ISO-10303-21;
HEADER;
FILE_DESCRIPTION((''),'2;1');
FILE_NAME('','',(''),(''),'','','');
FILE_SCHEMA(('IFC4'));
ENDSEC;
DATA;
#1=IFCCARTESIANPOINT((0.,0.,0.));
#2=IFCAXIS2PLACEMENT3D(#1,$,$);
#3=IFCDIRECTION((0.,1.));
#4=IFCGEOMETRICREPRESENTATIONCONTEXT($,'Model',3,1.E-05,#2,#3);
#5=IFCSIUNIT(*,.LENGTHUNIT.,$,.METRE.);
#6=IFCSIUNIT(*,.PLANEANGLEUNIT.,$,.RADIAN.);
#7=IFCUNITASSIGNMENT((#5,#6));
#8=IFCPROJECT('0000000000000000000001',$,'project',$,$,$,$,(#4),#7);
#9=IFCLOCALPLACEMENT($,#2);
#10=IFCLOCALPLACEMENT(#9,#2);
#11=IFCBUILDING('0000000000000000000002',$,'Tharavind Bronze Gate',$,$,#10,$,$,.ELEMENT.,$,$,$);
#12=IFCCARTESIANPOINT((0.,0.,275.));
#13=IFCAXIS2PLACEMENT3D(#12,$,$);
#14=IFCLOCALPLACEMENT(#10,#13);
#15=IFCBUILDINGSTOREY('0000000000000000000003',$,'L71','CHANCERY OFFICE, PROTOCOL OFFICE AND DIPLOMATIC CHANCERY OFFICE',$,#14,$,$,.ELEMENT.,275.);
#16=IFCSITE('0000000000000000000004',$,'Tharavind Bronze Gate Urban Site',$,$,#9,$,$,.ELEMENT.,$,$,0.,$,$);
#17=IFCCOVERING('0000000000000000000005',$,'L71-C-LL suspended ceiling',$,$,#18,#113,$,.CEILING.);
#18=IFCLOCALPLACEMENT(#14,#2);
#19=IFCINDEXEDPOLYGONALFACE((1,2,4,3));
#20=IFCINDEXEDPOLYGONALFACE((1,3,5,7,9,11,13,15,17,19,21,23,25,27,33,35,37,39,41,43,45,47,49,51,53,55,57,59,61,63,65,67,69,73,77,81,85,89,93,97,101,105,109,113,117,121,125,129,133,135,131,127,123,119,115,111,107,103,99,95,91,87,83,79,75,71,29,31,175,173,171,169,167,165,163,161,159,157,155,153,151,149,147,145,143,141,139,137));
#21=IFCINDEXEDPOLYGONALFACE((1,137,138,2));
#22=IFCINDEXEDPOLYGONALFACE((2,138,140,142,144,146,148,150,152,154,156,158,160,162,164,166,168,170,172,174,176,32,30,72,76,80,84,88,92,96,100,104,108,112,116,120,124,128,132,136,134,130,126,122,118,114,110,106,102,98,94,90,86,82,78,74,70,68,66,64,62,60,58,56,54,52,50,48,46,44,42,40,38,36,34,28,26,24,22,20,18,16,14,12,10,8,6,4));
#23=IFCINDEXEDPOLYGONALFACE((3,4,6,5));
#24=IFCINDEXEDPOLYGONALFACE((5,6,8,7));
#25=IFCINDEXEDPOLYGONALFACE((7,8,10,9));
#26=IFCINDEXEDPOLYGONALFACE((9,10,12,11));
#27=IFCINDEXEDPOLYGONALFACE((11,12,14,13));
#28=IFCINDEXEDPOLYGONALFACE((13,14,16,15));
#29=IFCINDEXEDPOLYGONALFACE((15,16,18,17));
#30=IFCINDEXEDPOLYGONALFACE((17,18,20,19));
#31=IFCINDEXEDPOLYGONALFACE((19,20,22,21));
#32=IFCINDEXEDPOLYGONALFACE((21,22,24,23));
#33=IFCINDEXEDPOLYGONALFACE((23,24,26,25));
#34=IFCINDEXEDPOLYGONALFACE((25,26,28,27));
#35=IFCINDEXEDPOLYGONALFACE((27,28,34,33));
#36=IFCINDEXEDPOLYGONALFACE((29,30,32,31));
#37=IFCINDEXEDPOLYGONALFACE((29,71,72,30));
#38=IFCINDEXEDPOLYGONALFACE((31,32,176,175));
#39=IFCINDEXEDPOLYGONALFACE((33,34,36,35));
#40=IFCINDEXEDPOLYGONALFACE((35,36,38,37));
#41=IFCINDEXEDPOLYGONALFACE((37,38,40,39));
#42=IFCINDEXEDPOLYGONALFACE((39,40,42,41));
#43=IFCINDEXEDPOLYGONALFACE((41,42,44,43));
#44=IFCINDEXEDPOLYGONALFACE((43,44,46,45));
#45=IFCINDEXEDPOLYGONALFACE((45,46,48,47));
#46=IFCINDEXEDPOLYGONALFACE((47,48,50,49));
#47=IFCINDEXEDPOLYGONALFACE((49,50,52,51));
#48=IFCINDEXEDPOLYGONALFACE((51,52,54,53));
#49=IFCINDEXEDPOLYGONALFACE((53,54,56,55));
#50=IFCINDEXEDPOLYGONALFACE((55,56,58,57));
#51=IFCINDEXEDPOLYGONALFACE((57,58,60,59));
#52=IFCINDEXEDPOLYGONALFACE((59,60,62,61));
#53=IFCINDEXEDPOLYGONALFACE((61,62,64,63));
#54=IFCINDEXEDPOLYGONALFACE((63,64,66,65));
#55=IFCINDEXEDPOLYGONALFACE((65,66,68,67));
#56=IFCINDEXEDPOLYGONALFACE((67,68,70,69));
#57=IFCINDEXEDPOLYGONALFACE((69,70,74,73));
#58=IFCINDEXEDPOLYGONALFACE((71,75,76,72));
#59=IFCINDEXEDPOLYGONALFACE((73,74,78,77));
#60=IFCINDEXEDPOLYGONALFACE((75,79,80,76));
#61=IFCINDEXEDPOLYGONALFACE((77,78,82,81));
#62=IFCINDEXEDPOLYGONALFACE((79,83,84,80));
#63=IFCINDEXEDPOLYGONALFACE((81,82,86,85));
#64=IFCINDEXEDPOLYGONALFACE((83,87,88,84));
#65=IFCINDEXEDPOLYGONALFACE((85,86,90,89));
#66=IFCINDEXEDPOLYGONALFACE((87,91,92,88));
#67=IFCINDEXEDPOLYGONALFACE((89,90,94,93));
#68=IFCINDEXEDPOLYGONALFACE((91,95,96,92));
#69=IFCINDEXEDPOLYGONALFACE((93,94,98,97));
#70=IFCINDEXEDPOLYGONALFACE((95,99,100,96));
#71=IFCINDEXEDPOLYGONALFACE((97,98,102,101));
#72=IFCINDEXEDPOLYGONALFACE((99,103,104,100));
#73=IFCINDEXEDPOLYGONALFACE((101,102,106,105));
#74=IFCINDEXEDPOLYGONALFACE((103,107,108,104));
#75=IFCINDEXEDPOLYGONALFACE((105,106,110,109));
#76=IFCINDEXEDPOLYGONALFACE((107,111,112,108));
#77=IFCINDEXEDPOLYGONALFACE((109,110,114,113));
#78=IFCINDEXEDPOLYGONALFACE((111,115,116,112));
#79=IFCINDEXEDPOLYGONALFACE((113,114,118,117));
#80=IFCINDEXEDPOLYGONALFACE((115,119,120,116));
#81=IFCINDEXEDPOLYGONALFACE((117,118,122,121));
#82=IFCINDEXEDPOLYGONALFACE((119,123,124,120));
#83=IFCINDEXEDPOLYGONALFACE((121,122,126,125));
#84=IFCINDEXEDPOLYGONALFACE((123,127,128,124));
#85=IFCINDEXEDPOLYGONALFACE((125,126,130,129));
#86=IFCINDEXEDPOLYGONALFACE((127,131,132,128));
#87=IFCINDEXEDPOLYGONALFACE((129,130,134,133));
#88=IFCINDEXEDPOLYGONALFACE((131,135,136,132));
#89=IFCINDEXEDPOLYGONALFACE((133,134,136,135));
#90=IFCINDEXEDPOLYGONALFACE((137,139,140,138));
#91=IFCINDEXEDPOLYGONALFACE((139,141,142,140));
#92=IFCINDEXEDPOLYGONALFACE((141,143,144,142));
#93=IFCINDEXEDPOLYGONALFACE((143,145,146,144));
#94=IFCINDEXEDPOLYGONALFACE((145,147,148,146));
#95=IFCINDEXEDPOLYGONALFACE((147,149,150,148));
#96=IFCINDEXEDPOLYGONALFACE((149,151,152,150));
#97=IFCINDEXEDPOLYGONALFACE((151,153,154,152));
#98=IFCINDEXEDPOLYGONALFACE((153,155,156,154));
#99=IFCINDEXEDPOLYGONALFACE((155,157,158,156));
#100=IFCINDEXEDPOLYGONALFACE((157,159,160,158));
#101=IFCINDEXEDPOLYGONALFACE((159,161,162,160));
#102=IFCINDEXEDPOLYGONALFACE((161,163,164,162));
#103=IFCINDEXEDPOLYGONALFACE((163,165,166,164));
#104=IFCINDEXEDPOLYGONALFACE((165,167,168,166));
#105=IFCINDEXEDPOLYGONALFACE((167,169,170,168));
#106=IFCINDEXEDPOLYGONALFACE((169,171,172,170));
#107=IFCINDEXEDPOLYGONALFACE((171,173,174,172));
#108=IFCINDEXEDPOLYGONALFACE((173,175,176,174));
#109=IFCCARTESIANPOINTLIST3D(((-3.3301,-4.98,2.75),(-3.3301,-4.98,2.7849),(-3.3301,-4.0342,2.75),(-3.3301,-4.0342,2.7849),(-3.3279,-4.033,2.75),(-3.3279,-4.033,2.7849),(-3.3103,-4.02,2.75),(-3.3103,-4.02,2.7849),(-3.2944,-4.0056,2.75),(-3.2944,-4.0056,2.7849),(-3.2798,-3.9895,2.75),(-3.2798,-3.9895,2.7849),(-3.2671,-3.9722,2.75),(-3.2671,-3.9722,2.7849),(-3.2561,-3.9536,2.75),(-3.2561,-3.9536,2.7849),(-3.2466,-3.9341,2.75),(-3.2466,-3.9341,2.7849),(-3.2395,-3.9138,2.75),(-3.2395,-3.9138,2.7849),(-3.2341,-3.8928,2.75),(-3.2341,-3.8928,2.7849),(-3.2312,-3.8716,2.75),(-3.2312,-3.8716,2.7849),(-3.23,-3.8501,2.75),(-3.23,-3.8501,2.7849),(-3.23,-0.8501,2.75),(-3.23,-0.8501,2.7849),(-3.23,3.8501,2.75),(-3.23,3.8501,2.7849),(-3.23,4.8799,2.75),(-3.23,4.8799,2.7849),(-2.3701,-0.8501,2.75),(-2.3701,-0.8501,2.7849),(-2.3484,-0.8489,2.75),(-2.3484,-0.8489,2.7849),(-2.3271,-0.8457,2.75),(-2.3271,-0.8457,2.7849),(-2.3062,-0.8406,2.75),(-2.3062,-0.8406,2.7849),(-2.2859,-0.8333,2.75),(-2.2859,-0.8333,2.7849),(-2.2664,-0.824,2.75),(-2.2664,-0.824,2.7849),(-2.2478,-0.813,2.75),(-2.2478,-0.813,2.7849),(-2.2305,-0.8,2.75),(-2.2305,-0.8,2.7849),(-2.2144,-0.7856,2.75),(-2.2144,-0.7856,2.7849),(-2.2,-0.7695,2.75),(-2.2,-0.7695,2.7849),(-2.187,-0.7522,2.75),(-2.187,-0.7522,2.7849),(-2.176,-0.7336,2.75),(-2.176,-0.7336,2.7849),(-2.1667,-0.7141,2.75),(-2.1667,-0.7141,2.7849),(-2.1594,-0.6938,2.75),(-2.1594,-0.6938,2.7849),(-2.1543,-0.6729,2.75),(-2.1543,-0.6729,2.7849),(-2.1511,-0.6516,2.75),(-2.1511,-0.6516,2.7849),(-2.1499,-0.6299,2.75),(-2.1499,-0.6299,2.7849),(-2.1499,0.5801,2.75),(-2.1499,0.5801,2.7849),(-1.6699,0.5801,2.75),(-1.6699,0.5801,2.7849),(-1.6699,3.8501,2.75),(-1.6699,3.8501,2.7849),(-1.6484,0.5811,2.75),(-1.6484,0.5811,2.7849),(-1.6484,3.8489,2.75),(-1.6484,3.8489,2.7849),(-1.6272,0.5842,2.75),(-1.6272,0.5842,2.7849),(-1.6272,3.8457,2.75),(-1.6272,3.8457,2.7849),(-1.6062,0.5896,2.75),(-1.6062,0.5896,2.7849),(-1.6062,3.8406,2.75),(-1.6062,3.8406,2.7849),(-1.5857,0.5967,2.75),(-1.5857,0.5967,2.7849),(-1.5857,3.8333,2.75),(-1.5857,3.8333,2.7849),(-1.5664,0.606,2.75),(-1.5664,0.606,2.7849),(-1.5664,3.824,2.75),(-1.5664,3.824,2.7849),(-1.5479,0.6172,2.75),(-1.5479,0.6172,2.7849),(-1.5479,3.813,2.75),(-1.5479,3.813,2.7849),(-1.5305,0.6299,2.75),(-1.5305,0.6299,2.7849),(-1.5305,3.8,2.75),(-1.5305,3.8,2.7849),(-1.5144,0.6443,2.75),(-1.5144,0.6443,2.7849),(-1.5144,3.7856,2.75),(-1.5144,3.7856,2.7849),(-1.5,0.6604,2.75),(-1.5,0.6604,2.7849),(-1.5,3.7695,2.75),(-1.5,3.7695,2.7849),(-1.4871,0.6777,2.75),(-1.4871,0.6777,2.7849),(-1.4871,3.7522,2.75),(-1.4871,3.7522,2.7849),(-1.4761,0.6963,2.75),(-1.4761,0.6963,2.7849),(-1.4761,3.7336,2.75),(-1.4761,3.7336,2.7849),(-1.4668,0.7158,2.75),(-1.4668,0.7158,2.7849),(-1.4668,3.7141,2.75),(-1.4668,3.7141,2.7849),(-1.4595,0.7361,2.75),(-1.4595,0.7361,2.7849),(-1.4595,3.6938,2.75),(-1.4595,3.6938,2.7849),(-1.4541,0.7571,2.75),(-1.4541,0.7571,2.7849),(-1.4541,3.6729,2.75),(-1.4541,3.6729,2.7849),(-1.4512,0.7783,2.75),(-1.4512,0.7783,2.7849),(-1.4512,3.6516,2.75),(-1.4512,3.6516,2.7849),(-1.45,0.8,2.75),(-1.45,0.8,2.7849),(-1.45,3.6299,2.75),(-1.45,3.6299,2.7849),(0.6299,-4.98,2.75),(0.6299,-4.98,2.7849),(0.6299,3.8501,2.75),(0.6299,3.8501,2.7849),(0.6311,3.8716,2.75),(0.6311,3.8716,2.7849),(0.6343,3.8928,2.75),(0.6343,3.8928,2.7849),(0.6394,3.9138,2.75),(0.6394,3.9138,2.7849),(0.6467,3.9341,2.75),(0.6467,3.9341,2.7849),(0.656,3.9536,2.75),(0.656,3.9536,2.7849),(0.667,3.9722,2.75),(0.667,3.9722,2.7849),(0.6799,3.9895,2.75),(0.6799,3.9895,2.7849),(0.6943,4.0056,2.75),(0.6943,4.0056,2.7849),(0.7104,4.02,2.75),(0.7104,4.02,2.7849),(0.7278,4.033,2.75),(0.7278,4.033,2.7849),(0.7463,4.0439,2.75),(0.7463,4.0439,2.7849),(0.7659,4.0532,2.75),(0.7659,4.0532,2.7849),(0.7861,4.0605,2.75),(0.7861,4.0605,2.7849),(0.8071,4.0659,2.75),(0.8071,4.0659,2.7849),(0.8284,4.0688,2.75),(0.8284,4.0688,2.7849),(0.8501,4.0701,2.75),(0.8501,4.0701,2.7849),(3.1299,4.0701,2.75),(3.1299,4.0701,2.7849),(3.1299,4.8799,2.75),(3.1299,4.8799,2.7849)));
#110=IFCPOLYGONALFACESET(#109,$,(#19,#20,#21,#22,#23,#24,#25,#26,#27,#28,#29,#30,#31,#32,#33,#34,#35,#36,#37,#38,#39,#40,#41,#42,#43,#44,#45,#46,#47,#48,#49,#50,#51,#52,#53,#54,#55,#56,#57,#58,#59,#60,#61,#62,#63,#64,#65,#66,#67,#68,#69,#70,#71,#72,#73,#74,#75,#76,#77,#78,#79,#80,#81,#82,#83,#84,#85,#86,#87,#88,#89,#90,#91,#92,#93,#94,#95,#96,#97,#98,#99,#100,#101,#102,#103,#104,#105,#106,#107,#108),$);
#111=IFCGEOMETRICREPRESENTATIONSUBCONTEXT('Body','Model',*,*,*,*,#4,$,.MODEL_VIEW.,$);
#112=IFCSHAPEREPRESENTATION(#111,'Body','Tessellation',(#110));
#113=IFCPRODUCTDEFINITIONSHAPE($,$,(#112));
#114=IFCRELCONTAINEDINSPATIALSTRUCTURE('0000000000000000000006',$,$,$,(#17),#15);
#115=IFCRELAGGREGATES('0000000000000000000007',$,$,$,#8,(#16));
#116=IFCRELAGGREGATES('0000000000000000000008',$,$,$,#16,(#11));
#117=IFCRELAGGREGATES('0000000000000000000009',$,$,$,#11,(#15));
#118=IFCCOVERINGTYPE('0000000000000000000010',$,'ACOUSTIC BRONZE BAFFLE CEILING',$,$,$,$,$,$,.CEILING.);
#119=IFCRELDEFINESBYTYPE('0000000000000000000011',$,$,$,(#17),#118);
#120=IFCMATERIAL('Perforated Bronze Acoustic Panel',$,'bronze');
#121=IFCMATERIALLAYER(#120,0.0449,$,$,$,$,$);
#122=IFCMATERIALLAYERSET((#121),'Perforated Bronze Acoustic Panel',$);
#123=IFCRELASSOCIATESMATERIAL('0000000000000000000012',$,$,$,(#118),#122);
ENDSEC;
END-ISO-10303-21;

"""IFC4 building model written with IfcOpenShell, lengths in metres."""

from ifc_helpers import new_model, si_unit, direction, frame, origin, place, context, subcontext, project, spatial, polyline, outline, extrude, material, layer, layer_set, type_object, element, save


model = new_model("IFC4")

# Units and contexts
model_context = context("Model", 3, precision=1e-05, world=origin(), true_north=direction((0.0, 1.0)))
body_context = subcontext(model_context, "Body", "Model", "MODEL_VIEW")
ifc_project = project(units=[si_unit("LENGTHUNIT", "METRE"), si_unit("PLANEANGLEUNIT", "RADIAN")], contexts=[model_context])

# Site, building, storey
site_placement = place(None, origin())
site = spatial("IfcSite", under=ifc_project, at=site_placement, Name="Tharavind Bronze Gate Urban Site", CompositionType="ELEMENT", RefElevation=0.0)
building_placement = place(site_placement, origin())
building = spatial("IfcBuilding", under=site, at=building_placement, Name="Tharavind Bronze Gate", CompositionType="ELEMENT")
storey_placement = place(building_placement, frame((0.0, 0.0, 275.0)))
storey = spatial("IfcBuildingStorey", under=building, at=storey_placement, Name="L71", Description="CHANCERY OFFICE, PROTOCOL OFFICE AND DIPLOMATIC CHANCERY OFFICE", CompositionType="ELEMENT", Elevation=275.0)

# Covering
ifc_material_1 = material(Name="Perforated Bronze Acoustic Panel", Category="bronze")
ifc_layer_1 = layer(ifc_material_1, 0.0449)
ifc_layer_set_1 = layer_set([ifc_layer_1], Name="Perforated Bronze Acoustic Panel")
covering_type_1 = type_object("IfcCoveringType", Name="ACOUSTIC BRONZE BAFFLE CEILING", PredefinedType="CEILING", material=ifc_layer_set_1)
covering_1_placement = place(storey_placement, frame((0.0, 0.0, 2.75)))
element("IfcCovering", 1, at=covering_1_placement, inside=storey, type_object=covering_type_1, Name="L71-C-LL suspended ceiling", PredefinedType="CEILING", context=body_context, shape_type="SweptSolid", body=[
    extrude(outline(polyline([(-3.3301, -4.98), (0.6299, -4.98), (0.6299, 3.8501), (0.6311, 3.8716), (0.6343, 3.8928), (0.6394, 3.9138), (0.6467, 3.9341), (0.656, 3.9536), (0.667, 3.9722), (0.6799, 3.9895), (0.6943, 4.0056), (0.7104, 4.02), (0.7278, 4.033), (0.7463, 4.0439), (0.7659, 4.0532), (0.7861, 4.0605), (0.8071, 4.0659), (0.8284, 4.0688), (0.8501, 4.0701), (3.1299, 4.0701), (3.1299, 4.8799), (-3.23, 4.8799), (-3.23, 3.8501), (-1.6699, 3.8501), (-1.6484, 3.8489), (-1.6272, 3.8457), (-1.6062, 3.8406), (-1.5857, 3.8333), (-1.5664, 3.824), (-1.5479, 3.813), (-1.5305, 3.8), (-1.5144, 3.7856), (-1.5, 3.7695), (-1.4871, 3.7522), (-1.4761, 3.7336), (-1.4668, 3.7141), (-1.4595, 3.6938), (-1.4541, 3.6729), (-1.4512, 3.6516), (-1.45, 3.6299), (-1.45, 0.8), (-1.4512, 0.7783), (-1.4541, 0.7571), (-1.4595, 0.7361), (-1.4668, 0.7158), (-1.4761, 0.6963), (-1.4871, 0.6777), (-1.5, 0.6604), (-1.5144, 0.6443), (-1.5305, 0.6299), (-1.5479, 0.6172), (-1.5664, 0.606), (-1.5857, 0.5967), (-1.6062, 0.5896), (-1.6272, 0.5842), (-1.6484, 0.5811), (-1.6699, 0.5801), (-2.1499, 0.5801), (-2.1499, -0.6299), (-2.1511, -0.6516), (-2.1543, -0.6729), (-2.1594, -0.6938), (-2.1667, -0.7141), (-2.176, -0.7336), (-2.187, -0.7522), (-2.2, -0.7695), (-2.2144, -0.7856), (-2.2305, -0.8), (-2.2478, -0.813), (-2.2664, -0.824), (-2.2859, -0.8333), (-2.3062, -0.8406), (-2.3271, -0.8457), (-2.3484, -0.8489), (-2.3701, -0.8501), (-3.23, -0.8501), (-3.23, -3.8501), (-3.2312, -3.8716), (-3.2341, -3.8928), (-3.2395, -3.9138), (-3.2466, -3.9341), (-3.2561, -3.9536), (-3.2671, -3.9722), (-3.2798, -3.9895), (-3.2944, -4.0056), (-3.3103, -4.02), (-3.3279, -4.033), (-3.3301, -4.0342), (-3.3301, -4.98)])), origin(), (0.0, 0.0, 1.0), 0.0349),
])

save(model, "model.ifc")
